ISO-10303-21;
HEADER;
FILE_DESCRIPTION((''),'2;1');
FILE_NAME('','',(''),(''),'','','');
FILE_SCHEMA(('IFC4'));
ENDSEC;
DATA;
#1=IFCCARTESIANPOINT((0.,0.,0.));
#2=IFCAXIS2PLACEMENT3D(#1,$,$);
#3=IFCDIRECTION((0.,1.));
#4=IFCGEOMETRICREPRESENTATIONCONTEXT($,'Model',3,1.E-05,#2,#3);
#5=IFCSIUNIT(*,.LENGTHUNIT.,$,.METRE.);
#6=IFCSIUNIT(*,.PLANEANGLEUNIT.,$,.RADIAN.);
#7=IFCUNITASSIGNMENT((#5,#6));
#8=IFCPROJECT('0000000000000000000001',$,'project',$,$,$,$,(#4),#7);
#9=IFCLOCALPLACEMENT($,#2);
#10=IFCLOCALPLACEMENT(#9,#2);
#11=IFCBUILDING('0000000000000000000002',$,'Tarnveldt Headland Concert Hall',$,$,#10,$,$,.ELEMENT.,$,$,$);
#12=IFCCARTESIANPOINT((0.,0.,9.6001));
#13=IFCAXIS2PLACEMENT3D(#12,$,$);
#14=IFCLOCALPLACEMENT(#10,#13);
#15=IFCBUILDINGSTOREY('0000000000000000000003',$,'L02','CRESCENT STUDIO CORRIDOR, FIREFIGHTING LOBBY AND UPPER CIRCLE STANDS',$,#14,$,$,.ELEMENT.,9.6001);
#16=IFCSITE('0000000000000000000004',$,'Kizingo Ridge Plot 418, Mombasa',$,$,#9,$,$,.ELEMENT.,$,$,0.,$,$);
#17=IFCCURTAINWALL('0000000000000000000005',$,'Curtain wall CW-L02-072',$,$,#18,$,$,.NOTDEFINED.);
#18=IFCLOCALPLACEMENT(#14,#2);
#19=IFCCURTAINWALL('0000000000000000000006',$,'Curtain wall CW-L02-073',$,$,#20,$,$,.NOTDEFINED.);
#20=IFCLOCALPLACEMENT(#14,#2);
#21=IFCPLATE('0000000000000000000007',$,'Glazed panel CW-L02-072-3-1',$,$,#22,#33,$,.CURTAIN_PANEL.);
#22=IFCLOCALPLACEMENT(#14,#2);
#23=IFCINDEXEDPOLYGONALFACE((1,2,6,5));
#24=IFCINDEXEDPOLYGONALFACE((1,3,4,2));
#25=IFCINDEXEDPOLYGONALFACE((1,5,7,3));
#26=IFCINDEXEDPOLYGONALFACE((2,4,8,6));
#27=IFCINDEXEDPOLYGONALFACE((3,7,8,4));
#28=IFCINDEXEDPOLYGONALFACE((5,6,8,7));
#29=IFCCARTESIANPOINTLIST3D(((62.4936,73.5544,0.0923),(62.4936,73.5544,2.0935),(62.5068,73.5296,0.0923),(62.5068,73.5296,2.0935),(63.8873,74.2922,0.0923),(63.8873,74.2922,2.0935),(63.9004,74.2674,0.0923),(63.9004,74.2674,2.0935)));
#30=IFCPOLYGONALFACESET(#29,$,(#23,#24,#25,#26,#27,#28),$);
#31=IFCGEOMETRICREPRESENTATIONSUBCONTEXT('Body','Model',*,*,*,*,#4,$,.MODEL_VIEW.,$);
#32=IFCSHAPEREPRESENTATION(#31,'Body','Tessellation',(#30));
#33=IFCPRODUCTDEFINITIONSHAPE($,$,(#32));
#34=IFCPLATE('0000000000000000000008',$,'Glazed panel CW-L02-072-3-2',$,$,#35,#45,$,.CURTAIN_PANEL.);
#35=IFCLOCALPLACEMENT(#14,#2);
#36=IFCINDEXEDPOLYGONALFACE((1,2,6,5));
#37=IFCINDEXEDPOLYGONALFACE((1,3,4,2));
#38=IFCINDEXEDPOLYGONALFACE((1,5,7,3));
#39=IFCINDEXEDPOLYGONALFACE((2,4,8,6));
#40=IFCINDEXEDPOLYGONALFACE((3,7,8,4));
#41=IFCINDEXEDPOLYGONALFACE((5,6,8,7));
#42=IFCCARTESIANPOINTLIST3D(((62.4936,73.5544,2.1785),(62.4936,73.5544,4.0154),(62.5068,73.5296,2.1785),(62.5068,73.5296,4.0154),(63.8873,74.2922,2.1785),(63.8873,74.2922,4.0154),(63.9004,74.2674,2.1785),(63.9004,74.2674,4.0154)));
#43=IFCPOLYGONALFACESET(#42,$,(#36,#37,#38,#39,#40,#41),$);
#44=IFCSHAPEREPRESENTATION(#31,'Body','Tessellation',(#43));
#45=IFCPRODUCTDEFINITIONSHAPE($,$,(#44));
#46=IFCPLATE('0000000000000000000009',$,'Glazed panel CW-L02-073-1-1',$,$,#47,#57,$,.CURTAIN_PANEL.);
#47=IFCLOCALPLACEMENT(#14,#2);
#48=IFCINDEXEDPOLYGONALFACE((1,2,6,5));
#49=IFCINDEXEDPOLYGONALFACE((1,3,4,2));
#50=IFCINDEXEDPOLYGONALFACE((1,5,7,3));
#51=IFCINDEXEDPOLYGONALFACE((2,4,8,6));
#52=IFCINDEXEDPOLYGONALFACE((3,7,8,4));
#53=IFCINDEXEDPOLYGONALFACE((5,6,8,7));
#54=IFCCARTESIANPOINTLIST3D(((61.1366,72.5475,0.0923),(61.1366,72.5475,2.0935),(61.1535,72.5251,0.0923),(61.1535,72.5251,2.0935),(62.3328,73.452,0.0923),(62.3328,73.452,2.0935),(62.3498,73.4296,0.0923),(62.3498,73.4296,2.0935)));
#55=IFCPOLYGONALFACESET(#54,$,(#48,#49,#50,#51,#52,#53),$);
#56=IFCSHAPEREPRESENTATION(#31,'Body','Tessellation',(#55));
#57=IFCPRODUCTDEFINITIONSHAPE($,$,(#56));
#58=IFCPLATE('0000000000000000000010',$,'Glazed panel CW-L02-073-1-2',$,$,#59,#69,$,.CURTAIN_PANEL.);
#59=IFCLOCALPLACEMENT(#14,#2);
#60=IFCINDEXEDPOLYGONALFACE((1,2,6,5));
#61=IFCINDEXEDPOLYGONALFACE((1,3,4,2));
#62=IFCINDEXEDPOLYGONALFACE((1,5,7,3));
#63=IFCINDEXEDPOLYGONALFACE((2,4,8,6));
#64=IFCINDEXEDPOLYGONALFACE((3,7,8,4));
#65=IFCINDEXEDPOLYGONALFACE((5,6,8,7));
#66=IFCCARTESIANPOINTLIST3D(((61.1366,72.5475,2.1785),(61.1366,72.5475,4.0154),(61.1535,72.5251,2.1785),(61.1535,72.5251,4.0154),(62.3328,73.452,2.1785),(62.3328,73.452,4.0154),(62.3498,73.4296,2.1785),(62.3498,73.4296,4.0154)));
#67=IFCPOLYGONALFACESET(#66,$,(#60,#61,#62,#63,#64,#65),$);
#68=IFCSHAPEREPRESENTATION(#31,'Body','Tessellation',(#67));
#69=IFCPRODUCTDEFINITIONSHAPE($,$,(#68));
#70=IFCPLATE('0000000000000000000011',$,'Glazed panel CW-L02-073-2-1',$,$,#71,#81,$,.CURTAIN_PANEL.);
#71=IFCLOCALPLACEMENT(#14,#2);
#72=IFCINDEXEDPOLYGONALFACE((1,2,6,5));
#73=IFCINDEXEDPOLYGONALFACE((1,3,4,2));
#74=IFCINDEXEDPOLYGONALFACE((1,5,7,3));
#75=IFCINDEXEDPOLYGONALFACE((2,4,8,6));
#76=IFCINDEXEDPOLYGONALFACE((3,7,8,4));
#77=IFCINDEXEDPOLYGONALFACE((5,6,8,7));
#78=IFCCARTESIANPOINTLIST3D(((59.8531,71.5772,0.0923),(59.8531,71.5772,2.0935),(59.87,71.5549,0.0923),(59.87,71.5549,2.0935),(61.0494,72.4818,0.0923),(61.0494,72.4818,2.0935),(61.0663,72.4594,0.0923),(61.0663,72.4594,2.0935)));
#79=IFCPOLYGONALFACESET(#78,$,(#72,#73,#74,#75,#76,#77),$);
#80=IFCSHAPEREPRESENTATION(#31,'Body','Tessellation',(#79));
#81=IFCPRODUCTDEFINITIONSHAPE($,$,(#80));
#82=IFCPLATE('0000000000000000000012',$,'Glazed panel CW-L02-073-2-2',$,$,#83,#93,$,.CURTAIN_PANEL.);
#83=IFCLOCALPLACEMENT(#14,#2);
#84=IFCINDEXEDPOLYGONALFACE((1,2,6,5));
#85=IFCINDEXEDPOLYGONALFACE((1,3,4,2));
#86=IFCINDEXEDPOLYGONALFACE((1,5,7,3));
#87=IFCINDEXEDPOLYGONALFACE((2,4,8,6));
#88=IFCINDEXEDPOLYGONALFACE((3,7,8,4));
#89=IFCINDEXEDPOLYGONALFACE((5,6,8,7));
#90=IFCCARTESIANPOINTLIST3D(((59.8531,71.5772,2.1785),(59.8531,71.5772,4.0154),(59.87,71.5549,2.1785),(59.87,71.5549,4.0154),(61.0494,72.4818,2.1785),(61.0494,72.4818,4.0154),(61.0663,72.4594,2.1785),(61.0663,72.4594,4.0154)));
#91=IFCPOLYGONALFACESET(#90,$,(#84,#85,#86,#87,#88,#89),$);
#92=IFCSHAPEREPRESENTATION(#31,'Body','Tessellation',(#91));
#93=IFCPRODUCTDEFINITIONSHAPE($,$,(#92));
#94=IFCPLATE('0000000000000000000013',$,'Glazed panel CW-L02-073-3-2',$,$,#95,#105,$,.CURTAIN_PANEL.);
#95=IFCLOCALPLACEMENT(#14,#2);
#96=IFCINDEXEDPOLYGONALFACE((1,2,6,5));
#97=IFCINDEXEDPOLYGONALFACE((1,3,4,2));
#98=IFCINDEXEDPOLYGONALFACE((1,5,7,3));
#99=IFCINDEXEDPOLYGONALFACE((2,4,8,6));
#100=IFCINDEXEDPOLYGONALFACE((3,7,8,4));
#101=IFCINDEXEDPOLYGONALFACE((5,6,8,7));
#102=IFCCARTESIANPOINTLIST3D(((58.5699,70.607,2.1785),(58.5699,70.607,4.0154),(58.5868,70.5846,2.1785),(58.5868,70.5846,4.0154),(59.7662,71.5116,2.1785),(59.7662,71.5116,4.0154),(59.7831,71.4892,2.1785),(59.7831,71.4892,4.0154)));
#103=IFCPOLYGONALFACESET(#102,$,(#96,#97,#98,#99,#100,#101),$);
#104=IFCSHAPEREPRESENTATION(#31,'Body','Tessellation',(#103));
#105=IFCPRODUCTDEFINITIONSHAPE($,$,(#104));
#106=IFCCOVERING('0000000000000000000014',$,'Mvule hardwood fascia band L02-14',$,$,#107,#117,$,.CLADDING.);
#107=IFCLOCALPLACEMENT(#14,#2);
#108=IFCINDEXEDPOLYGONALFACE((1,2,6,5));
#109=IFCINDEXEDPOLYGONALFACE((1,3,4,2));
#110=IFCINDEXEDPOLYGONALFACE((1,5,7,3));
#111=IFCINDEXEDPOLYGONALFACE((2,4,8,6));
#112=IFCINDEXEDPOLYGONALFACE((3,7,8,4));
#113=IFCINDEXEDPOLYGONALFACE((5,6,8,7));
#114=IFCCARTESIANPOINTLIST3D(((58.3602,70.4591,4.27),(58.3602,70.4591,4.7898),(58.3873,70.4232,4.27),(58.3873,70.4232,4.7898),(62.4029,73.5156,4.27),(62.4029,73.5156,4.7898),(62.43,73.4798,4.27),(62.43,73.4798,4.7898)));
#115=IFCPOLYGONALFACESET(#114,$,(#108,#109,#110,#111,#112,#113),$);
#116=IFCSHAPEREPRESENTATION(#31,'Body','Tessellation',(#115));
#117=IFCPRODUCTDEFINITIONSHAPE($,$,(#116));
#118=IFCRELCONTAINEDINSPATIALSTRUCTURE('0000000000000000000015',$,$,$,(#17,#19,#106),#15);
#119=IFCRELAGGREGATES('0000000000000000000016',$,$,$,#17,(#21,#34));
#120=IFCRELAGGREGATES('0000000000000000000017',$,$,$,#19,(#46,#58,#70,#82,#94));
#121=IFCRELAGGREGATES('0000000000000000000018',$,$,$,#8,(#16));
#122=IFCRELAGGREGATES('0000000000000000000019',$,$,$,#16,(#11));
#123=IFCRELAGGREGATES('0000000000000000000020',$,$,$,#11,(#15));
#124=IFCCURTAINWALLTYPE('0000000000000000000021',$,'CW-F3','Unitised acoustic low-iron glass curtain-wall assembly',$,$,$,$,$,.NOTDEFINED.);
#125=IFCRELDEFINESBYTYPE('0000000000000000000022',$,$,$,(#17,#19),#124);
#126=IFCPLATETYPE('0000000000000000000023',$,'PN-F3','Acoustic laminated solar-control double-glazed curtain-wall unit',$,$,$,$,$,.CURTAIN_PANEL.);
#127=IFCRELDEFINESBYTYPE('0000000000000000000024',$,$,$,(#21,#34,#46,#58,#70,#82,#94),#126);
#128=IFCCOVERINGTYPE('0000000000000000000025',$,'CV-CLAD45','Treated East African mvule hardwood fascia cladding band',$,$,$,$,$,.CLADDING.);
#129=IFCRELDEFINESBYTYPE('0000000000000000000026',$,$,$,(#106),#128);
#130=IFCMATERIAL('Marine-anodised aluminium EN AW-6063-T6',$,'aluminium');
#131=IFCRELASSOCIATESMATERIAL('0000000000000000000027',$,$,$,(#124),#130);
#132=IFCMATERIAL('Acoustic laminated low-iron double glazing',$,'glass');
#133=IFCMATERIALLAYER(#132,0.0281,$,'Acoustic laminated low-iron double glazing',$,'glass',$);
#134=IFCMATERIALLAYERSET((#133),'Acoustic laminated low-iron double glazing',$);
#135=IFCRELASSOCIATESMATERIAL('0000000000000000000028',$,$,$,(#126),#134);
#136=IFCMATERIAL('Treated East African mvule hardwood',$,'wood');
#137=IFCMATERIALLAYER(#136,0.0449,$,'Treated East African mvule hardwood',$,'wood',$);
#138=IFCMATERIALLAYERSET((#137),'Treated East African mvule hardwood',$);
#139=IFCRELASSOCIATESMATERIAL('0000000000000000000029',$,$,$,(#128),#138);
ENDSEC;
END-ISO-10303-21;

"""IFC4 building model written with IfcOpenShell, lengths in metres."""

from ifc_helpers import new_model, si_unit, direction, frame, frame_2d, origin, origin_2d, place, context, subcontext, project, spatial, rectangle, extrude, material, layer, layer_set, type_object, element, aggregate, save


model = new_model("IFC4")

# Units and contexts
model_context = context("Model", 3, precision=1e-05, world=origin(), true_north=direction((0.0, 1.0)))
body_context = subcontext(model_context, "Body", "Model", "MODEL_VIEW")
ifc_project = project(units=[si_unit("LENGTHUNIT", "METRE"), si_unit("PLANEANGLEUNIT", "RADIAN")], contexts=[model_context])

# Site, building, storey
site_placement = place(None, origin())
site = spatial("IfcSite", under=ifc_project, at=site_placement, Name="Kizingo Ridge Plot 418, Mombasa", CompositionType="ELEMENT", RefElevation=0.0)
building_placement = place(site_placement, origin())
building = spatial("IfcBuilding", under=site, at=building_placement, Name="Tarnveldt Headland Concert Hall", CompositionType="ELEMENT")
storey_placement = place(building_placement, frame((0.0, 0.0, 9.6001)))
storey = spatial("IfcBuildingStorey", under=building, at=storey_placement, Name="L02", Description="CRESCENT STUDIO CORRIDOR, FIREFIGHTING LOBBY AND UPPER CIRCLE STANDS", CompositionType="ELEMENT", Elevation=9.6001)

# Curtain walls
ifc_material_1 = material(Name="Marine-anodised aluminium EN AW-6063-T6", Category="aluminium")
curtain_wall_type = type_object("IfcCurtainWallType", Name="CW-F3", Description="Unitised acoustic low-iron glass curtain-wall assembly", PredefinedType="NOTDEFINED", material=ifc_material_1)
curtain_wall_1_placement = place(storey_placement, origin())
curtain_wall_1 = element("IfcCurtainWall", 1, at=curtain_wall_1_placement, inside=storey, type_object=curtain_wall_type, Name="Curtain wall CW-L02-072", PredefinedType="NOTDEFINED")
curtain_wall_2_placement = place(storey_placement, origin())
curtain_wall_2 = element("IfcCurtainWall", 2, at=curtain_wall_2_placement, inside=storey, type_object=curtain_wall_type, Name="Curtain wall CW-L02-073", PredefinedType="NOTDEFINED")

# Plates
ifc_material_2 = material(Name="Acoustic laminated low-iron double glazing", Category="glass")
ifc_layer_1 = layer(ifc_material_2, 0.0281, Name="Acoustic laminated low-iron double glazing", Category="glass")
ifc_layer_set_1 = layer_set([ifc_layer_1], Name="Acoustic laminated low-iron double glazing")
plate_type = type_object("IfcPlateType", Name="PN-F3", Description="Acoustic laminated solar-control double-glazed curtain-wall unit", PredefinedType="CURTAIN_PANEL", material=ifc_layer_set_1)
plate_1_placement = place(storey_placement, frame((63.197, 73.9109, 0.0923), z_axis=(0.0, 0.0, 1.0), x_axis=(-0.883782, -0.467899, 0.0)))
plate_1 = element("IfcPlate", 3, at=plate_1_placement, type_object=plate_type, Name="Glazed panel CW-L02-072-3-1", PredefinedType="CURTAIN_PANEL", context=body_context, shape_type="SweptSolid", body=[
    extrude(rectangle(XDim=1.5769, YDim=0.0281, at=origin_2d()), origin(), (0.0, 0.0, 1.0), 2.0012),
])
plate_2_placement = place(storey_placement, frame((63.197, 73.9109, 2.1785), z_axis=(0.0, 0.0, 1.0), x_axis=(-0.883782, -0.467899, 0.0)))
plate_2 = element("IfcPlate", 4, at=plate_2_placement, type_object=plate_type, Name="Glazed panel CW-L02-072-3-2", PredefinedType="CURTAIN_PANEL", context=body_context, shape_type="SweptSolid", body=[
    extrude(rectangle(XDim=1.5769, YDim=0.0281, at=origin_2d()), origin(), (0.0, 0.0, 1.0), 1.8369),
])
aggregate(curtain_wall_1, [plate_1, plate_2])
plate_3_placement = place(storey_placement, frame((61.7432, 72.9885, 0.0923), z_axis=(0.0, 0.0, 1.0), x_axis=(-0.797658, -0.603111, 0.0)))
plate_3 = element("IfcPlate", 5, at=plate_3_placement, type_object=plate_type, Name="Glazed panel CW-L02-073-1-1", PredefinedType="CURTAIN_PANEL", context=body_context, shape_type="SweptSolid", body=[
    extrude(rectangle(XDim=1.4998, YDim=0.0281, at=origin_2d()), origin(), (0.0, 0.0, 1.0), 2.0012),
])
plate_4_placement = place(storey_placement, frame((61.7432, 72.9885, 2.1785), z_axis=(0.0, 0.0, 1.0), x_axis=(-0.797658, -0.603111, 0.0)))
plate_4 = element("IfcPlate", 6, at=plate_4_placement, type_object=plate_type, Name="Glazed panel CW-L02-073-1-2", PredefinedType="CURTAIN_PANEL", context=body_context, shape_type="SweptSolid", body=[
    extrude(rectangle(XDim=1.4998, YDim=0.0281, at=origin_2d()), origin(), (0.0, 0.0, 1.0), 1.8369),
])
plate_5_placement = place(storey_placement, frame((60.4597, 72.0183, 0.0923), z_axis=(0.0, 0.0, 1.0), x_axis=(-0.797658, -0.603111, 0.0)))
plate_5 = element("IfcPlate", 7, at=plate_5_placement, type_object=plate_type, Name="Glazed panel CW-L02-073-2-1", PredefinedType="CURTAIN_PANEL", context=body_context, shape_type="SweptSolid", body=[
    extrude(rectangle(XDim=1.4998, YDim=0.0281, at=origin_2d()), origin(), (0.0, 0.0, 1.0), 2.0012),
])
plate_6_placement = place(storey_placement, frame((60.4597, 72.0183, 2.1785), z_axis=(0.0, 0.0, 1.0), x_axis=(-0.797658, -0.603111, 0.0)))
plate_6 = element("IfcPlate", 8, at=plate_6_placement, type_object=plate_type, Name="Glazed panel CW-L02-073-2-2", PredefinedType="CURTAIN_PANEL", context=body_context, shape_type="SweptSolid", body=[
    extrude(rectangle(XDim=1.4998, YDim=0.0281, at=origin_2d()), origin(), (0.0, 0.0, 1.0), 1.8369),
])
plate_7_placement = place(storey_placement, frame((59.1765, 71.0481, 2.1785), z_axis=(0.0, 0.0, 1.0), x_axis=(-0.797658, -0.603111, 0.0)))
plate_7 = element("IfcPlate", 9, at=plate_7_placement, type_object=plate_type, Name="Glazed panel CW-L02-073-3-2", PredefinedType="CURTAIN_PANEL", context=body_context, shape_type="SweptSolid", body=[
    extrude(rectangle(XDim=1.4998, YDim=0.0281, at=origin_2d()), origin(), (0.0, 0.0, 1.0), 1.8369),
])
aggregate(curtain_wall_2, [plate_3, plate_4, plate_5, plate_6, plate_7])

# Covering
ifc_material_3 = material(Name="Treated East African mvule hardwood", Category="wood")
ifc_layer_2 = layer(ifc_material_3, 0.0449, Name="Treated East African mvule hardwood", Category="wood")
ifc_layer_set_2 = layer_set([ifc_layer_2], Name="Treated East African mvule hardwood")
covering_type = type_object("IfcCoveringType", Name="CV-CLAD45", Description="Treated East African mvule hardwood fascia cladding band", PredefinedType="CLADDING", material=ifc_layer_set_2)
covering_placement = place(storey_placement, frame((62.4165, 73.4978, 4.27), z_axis=(0.0, 0.0, 1.0), x_axis=(-0.797664, -0.603102, 0.0)))
element("IfcCovering", 10, at=covering_placement, inside=storey, type_object=covering_type, Name="Mvule hardwood fascia band L02-14", PredefinedType="CLADDING", context=body_context, shape_type="SweptSolid", body=[
    extrude(rectangle(XDim=5.0681, YDim=0.0449, at=frame_2d((2.5342, 0.0))), origin(), (0.0, 0.0, 1.0), 0.5198),
])

save(model, "model.ifc")
